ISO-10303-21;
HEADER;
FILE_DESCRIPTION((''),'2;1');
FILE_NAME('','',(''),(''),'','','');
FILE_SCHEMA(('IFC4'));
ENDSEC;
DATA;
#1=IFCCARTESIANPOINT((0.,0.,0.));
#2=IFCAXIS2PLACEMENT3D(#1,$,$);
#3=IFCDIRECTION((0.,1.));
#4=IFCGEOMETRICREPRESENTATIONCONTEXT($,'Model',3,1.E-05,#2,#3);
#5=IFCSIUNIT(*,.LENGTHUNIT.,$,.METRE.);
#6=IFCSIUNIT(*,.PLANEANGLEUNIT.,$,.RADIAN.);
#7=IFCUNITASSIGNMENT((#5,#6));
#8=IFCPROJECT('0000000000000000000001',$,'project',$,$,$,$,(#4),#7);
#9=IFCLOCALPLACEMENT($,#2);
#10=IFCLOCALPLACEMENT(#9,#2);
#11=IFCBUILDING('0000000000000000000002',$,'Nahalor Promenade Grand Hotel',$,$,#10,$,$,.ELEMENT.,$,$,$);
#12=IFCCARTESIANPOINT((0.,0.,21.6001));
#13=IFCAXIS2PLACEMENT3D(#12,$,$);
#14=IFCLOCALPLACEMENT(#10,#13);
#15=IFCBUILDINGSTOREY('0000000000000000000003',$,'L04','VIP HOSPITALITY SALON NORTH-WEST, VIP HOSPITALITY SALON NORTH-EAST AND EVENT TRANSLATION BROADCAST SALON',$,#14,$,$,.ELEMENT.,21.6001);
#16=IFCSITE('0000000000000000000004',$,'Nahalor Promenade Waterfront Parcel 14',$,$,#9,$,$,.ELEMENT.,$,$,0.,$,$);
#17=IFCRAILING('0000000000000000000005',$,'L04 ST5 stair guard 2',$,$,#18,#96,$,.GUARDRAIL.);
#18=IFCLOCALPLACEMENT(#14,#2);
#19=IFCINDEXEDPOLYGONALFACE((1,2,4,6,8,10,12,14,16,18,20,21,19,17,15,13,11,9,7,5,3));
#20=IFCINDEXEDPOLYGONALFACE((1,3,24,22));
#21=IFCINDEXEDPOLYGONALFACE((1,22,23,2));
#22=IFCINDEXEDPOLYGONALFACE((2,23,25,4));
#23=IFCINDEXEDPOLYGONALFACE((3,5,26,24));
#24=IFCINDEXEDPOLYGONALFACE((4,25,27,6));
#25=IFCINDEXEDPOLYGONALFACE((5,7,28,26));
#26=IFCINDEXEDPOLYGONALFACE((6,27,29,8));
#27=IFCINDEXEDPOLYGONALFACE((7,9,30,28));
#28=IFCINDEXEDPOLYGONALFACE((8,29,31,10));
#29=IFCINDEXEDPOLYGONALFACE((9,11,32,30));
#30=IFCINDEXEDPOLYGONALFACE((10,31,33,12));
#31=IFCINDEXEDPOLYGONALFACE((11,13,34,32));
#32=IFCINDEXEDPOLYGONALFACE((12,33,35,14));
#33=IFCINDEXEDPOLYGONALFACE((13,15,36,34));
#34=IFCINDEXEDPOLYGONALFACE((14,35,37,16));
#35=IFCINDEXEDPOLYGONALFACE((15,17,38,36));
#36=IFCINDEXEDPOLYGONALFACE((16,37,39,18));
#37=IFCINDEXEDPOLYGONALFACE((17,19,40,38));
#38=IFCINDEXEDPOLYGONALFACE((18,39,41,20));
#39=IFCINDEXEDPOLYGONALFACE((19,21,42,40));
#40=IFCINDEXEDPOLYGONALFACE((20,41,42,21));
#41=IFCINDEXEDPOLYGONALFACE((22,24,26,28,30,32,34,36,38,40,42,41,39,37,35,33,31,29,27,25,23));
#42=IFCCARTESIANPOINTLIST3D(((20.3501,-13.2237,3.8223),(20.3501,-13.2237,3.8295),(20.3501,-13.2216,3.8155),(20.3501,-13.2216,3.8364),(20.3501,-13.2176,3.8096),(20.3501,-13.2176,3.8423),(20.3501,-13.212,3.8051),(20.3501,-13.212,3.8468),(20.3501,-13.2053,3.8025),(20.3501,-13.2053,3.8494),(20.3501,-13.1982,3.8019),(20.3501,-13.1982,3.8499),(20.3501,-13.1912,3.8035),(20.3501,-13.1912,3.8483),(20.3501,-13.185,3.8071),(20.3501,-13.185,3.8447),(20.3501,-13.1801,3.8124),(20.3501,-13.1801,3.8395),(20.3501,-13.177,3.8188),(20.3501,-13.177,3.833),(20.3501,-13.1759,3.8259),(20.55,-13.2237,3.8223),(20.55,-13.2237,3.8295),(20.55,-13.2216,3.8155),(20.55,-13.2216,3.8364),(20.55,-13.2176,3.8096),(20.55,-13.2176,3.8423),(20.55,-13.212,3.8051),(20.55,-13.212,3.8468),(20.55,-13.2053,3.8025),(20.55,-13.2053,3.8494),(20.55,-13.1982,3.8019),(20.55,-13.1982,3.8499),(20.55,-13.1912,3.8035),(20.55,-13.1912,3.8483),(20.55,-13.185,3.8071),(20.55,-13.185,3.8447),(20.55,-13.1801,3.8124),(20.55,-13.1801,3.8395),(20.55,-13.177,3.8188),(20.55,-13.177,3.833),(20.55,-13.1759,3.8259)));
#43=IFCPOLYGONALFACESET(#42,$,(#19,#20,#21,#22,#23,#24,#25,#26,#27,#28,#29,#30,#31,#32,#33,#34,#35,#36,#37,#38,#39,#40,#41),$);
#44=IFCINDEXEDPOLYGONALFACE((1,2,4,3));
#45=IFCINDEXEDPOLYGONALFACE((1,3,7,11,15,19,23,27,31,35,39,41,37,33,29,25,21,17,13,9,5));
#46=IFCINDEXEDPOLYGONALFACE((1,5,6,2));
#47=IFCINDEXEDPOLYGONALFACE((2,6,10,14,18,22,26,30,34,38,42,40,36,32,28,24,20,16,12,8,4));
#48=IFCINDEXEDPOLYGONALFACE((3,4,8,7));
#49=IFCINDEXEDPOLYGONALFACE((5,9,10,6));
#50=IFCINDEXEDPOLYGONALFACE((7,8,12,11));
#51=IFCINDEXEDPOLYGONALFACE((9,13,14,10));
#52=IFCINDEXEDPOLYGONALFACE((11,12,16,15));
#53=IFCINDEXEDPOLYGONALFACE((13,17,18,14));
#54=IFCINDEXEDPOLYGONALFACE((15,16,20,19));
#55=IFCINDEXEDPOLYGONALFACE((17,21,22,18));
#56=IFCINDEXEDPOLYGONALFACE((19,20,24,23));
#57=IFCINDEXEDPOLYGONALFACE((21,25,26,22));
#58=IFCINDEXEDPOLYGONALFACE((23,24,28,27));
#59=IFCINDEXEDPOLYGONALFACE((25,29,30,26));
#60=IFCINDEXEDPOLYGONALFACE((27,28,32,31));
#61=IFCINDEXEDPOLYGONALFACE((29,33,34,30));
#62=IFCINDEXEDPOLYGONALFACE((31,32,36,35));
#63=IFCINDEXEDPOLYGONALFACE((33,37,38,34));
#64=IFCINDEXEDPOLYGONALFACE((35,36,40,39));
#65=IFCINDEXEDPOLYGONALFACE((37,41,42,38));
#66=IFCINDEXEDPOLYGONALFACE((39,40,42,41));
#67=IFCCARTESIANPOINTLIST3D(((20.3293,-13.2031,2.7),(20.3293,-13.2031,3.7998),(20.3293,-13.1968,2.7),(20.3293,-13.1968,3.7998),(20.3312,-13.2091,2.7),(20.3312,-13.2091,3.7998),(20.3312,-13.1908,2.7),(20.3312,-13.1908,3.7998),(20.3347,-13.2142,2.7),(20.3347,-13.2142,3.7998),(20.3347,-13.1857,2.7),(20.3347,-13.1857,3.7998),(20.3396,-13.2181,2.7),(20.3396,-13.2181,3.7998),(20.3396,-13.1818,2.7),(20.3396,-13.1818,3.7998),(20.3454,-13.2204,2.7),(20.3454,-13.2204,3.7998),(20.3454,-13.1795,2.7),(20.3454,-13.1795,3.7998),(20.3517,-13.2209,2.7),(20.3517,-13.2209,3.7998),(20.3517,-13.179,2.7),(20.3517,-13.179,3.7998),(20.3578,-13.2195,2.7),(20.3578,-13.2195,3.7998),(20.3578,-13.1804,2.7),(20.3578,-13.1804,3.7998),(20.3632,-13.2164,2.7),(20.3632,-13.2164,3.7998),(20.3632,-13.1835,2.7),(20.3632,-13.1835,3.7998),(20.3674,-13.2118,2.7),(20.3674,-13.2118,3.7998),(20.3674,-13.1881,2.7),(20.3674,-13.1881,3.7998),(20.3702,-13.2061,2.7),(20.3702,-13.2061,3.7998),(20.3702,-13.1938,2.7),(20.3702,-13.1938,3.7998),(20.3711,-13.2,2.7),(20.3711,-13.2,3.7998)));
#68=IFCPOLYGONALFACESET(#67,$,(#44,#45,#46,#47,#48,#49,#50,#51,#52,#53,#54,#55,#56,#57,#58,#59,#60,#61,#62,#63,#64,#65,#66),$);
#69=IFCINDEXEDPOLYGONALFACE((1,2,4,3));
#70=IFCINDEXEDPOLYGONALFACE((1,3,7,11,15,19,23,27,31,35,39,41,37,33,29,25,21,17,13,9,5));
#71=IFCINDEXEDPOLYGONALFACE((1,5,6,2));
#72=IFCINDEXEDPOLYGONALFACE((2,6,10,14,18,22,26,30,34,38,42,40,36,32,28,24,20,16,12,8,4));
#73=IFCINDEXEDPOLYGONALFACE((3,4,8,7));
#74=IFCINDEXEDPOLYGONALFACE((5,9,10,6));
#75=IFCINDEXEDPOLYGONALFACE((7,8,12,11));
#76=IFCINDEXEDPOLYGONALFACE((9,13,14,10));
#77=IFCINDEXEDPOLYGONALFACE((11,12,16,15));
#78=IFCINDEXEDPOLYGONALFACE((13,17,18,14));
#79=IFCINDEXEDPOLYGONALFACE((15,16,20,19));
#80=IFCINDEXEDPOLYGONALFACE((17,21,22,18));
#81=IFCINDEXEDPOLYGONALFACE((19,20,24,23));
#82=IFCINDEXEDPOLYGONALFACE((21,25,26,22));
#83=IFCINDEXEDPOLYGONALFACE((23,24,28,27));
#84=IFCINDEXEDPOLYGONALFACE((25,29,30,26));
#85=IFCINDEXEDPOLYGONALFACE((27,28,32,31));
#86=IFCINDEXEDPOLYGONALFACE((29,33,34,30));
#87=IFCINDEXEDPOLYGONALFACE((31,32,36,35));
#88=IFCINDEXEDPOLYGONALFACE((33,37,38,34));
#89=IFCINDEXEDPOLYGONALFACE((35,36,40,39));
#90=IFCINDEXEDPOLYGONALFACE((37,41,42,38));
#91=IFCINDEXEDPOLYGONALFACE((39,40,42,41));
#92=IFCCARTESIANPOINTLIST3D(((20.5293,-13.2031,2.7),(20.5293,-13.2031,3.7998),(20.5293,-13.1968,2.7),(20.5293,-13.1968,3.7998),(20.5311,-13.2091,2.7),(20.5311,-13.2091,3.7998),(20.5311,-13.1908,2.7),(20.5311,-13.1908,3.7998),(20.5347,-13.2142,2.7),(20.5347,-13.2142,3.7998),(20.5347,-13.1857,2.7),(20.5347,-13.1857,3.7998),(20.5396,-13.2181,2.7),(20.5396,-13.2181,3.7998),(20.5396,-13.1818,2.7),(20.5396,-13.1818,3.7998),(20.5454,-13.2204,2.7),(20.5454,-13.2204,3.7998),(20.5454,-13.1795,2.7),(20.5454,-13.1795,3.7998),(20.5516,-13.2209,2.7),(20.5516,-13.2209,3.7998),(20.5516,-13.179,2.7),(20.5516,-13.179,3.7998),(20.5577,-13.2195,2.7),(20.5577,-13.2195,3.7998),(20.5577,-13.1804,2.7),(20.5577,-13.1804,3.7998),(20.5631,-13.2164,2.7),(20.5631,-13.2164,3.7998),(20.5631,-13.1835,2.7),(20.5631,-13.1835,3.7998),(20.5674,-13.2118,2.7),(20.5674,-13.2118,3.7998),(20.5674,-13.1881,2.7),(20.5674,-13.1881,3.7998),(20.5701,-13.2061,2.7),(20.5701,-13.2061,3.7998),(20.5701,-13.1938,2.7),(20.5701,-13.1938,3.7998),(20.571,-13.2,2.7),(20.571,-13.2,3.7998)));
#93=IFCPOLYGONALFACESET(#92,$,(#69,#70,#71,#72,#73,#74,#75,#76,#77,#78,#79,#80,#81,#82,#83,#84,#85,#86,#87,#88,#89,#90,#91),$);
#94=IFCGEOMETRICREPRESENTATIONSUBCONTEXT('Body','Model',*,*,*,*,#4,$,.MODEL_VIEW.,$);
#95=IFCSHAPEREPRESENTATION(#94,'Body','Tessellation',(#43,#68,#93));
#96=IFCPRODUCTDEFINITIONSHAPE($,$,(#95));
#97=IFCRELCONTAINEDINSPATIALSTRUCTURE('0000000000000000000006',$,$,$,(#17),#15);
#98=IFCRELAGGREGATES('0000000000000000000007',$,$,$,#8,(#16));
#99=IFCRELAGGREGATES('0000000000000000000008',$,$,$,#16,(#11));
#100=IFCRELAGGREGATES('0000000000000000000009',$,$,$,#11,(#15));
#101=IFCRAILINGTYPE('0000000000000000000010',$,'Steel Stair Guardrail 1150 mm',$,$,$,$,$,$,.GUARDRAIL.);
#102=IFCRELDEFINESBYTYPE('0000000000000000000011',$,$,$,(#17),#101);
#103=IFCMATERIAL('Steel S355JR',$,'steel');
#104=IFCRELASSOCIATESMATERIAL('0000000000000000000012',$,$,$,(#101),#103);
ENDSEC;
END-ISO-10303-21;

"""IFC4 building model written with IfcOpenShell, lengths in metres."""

from ifc_helpers import new_model, si_unit, direction, frame, origin, origin_2d, place, context, subcontext, project, spatial, circle, extrude, material, type_object, element, save


model = new_model("IFC4")

# Units and contexts
model_context = context("Model", 3, precision=1e-05, world=origin(), true_north=direction((0.0, 1.0)))
body_context = subcontext(model_context, "Body", "Model", "MODEL_VIEW")
ifc_project = project(units=[si_unit("LENGTHUNIT", "METRE"), si_unit("PLANEANGLEUNIT", "RADIAN")], contexts=[model_context])

# Site, building, storey
site_placement = place(None, origin())
site = spatial("IfcSite", under=ifc_project, at=site_placement, Name="Nahalor Promenade Waterfront Parcel 14", CompositionType="ELEMENT", RefElevation=0.0)
building_placement = place(site_placement, origin())
building = spatial("IfcBuilding", under=site, at=building_placement, Name="Nahalor Promenade Grand Hotel", CompositionType="ELEMENT")
storey_placement = place(building_placement, frame((0.0, 0.0, 21.6001)))
storey = spatial("IfcBuildingStorey", under=building, at=storey_placement, Name="L04", Description="VIP HOSPITALITY SALON NORTH-WEST, VIP HOSPITALITY SALON NORTH-EAST AND EVENT TRANSLATION BROADCAST SALON", CompositionType="ELEMENT", Elevation=21.6001)

# Shared definitions
ifc_material_1 = material(Name="Steel S355JR", Category="steel")

# Railing
railing_type_1 = type_object("IfcRailingType", Name="Steel Stair Guardrail 1150 mm", PredefinedType="GUARDRAIL", material=ifc_material_1)
railing_1_placement = place(storey_placement, frame((20.3501, -13.2, 2.7)))
element("IfcRailing", 1, at=railing_1_placement, inside=storey, type_object=railing_type_1, Name="L04 ST5 stair guard 2", PredefinedType="GUARDRAIL", context=body_context, shape_type="SweptSolid", body=[
    extrude(circle(Radius=0.024, at=origin_2d()), frame((0.0, 0.0, 1.126), z_axis=(1.0, 0.0, 0.0), x_axis=(0.0, 1.0, 0.0)), (0.0, 0.0, 1.0), 0.2),
    extrude(circle(Radius=0.021, at=origin_2d()), origin(), (0.0, 0.0, 1.0), 1.0999),
    extrude(circle(Radius=0.021, at=origin_2d()), frame((0.2, 0.0, 0.0)), (0.0, 0.0, 1.0), 1.0999),
])

save(model, "model.ifc")
